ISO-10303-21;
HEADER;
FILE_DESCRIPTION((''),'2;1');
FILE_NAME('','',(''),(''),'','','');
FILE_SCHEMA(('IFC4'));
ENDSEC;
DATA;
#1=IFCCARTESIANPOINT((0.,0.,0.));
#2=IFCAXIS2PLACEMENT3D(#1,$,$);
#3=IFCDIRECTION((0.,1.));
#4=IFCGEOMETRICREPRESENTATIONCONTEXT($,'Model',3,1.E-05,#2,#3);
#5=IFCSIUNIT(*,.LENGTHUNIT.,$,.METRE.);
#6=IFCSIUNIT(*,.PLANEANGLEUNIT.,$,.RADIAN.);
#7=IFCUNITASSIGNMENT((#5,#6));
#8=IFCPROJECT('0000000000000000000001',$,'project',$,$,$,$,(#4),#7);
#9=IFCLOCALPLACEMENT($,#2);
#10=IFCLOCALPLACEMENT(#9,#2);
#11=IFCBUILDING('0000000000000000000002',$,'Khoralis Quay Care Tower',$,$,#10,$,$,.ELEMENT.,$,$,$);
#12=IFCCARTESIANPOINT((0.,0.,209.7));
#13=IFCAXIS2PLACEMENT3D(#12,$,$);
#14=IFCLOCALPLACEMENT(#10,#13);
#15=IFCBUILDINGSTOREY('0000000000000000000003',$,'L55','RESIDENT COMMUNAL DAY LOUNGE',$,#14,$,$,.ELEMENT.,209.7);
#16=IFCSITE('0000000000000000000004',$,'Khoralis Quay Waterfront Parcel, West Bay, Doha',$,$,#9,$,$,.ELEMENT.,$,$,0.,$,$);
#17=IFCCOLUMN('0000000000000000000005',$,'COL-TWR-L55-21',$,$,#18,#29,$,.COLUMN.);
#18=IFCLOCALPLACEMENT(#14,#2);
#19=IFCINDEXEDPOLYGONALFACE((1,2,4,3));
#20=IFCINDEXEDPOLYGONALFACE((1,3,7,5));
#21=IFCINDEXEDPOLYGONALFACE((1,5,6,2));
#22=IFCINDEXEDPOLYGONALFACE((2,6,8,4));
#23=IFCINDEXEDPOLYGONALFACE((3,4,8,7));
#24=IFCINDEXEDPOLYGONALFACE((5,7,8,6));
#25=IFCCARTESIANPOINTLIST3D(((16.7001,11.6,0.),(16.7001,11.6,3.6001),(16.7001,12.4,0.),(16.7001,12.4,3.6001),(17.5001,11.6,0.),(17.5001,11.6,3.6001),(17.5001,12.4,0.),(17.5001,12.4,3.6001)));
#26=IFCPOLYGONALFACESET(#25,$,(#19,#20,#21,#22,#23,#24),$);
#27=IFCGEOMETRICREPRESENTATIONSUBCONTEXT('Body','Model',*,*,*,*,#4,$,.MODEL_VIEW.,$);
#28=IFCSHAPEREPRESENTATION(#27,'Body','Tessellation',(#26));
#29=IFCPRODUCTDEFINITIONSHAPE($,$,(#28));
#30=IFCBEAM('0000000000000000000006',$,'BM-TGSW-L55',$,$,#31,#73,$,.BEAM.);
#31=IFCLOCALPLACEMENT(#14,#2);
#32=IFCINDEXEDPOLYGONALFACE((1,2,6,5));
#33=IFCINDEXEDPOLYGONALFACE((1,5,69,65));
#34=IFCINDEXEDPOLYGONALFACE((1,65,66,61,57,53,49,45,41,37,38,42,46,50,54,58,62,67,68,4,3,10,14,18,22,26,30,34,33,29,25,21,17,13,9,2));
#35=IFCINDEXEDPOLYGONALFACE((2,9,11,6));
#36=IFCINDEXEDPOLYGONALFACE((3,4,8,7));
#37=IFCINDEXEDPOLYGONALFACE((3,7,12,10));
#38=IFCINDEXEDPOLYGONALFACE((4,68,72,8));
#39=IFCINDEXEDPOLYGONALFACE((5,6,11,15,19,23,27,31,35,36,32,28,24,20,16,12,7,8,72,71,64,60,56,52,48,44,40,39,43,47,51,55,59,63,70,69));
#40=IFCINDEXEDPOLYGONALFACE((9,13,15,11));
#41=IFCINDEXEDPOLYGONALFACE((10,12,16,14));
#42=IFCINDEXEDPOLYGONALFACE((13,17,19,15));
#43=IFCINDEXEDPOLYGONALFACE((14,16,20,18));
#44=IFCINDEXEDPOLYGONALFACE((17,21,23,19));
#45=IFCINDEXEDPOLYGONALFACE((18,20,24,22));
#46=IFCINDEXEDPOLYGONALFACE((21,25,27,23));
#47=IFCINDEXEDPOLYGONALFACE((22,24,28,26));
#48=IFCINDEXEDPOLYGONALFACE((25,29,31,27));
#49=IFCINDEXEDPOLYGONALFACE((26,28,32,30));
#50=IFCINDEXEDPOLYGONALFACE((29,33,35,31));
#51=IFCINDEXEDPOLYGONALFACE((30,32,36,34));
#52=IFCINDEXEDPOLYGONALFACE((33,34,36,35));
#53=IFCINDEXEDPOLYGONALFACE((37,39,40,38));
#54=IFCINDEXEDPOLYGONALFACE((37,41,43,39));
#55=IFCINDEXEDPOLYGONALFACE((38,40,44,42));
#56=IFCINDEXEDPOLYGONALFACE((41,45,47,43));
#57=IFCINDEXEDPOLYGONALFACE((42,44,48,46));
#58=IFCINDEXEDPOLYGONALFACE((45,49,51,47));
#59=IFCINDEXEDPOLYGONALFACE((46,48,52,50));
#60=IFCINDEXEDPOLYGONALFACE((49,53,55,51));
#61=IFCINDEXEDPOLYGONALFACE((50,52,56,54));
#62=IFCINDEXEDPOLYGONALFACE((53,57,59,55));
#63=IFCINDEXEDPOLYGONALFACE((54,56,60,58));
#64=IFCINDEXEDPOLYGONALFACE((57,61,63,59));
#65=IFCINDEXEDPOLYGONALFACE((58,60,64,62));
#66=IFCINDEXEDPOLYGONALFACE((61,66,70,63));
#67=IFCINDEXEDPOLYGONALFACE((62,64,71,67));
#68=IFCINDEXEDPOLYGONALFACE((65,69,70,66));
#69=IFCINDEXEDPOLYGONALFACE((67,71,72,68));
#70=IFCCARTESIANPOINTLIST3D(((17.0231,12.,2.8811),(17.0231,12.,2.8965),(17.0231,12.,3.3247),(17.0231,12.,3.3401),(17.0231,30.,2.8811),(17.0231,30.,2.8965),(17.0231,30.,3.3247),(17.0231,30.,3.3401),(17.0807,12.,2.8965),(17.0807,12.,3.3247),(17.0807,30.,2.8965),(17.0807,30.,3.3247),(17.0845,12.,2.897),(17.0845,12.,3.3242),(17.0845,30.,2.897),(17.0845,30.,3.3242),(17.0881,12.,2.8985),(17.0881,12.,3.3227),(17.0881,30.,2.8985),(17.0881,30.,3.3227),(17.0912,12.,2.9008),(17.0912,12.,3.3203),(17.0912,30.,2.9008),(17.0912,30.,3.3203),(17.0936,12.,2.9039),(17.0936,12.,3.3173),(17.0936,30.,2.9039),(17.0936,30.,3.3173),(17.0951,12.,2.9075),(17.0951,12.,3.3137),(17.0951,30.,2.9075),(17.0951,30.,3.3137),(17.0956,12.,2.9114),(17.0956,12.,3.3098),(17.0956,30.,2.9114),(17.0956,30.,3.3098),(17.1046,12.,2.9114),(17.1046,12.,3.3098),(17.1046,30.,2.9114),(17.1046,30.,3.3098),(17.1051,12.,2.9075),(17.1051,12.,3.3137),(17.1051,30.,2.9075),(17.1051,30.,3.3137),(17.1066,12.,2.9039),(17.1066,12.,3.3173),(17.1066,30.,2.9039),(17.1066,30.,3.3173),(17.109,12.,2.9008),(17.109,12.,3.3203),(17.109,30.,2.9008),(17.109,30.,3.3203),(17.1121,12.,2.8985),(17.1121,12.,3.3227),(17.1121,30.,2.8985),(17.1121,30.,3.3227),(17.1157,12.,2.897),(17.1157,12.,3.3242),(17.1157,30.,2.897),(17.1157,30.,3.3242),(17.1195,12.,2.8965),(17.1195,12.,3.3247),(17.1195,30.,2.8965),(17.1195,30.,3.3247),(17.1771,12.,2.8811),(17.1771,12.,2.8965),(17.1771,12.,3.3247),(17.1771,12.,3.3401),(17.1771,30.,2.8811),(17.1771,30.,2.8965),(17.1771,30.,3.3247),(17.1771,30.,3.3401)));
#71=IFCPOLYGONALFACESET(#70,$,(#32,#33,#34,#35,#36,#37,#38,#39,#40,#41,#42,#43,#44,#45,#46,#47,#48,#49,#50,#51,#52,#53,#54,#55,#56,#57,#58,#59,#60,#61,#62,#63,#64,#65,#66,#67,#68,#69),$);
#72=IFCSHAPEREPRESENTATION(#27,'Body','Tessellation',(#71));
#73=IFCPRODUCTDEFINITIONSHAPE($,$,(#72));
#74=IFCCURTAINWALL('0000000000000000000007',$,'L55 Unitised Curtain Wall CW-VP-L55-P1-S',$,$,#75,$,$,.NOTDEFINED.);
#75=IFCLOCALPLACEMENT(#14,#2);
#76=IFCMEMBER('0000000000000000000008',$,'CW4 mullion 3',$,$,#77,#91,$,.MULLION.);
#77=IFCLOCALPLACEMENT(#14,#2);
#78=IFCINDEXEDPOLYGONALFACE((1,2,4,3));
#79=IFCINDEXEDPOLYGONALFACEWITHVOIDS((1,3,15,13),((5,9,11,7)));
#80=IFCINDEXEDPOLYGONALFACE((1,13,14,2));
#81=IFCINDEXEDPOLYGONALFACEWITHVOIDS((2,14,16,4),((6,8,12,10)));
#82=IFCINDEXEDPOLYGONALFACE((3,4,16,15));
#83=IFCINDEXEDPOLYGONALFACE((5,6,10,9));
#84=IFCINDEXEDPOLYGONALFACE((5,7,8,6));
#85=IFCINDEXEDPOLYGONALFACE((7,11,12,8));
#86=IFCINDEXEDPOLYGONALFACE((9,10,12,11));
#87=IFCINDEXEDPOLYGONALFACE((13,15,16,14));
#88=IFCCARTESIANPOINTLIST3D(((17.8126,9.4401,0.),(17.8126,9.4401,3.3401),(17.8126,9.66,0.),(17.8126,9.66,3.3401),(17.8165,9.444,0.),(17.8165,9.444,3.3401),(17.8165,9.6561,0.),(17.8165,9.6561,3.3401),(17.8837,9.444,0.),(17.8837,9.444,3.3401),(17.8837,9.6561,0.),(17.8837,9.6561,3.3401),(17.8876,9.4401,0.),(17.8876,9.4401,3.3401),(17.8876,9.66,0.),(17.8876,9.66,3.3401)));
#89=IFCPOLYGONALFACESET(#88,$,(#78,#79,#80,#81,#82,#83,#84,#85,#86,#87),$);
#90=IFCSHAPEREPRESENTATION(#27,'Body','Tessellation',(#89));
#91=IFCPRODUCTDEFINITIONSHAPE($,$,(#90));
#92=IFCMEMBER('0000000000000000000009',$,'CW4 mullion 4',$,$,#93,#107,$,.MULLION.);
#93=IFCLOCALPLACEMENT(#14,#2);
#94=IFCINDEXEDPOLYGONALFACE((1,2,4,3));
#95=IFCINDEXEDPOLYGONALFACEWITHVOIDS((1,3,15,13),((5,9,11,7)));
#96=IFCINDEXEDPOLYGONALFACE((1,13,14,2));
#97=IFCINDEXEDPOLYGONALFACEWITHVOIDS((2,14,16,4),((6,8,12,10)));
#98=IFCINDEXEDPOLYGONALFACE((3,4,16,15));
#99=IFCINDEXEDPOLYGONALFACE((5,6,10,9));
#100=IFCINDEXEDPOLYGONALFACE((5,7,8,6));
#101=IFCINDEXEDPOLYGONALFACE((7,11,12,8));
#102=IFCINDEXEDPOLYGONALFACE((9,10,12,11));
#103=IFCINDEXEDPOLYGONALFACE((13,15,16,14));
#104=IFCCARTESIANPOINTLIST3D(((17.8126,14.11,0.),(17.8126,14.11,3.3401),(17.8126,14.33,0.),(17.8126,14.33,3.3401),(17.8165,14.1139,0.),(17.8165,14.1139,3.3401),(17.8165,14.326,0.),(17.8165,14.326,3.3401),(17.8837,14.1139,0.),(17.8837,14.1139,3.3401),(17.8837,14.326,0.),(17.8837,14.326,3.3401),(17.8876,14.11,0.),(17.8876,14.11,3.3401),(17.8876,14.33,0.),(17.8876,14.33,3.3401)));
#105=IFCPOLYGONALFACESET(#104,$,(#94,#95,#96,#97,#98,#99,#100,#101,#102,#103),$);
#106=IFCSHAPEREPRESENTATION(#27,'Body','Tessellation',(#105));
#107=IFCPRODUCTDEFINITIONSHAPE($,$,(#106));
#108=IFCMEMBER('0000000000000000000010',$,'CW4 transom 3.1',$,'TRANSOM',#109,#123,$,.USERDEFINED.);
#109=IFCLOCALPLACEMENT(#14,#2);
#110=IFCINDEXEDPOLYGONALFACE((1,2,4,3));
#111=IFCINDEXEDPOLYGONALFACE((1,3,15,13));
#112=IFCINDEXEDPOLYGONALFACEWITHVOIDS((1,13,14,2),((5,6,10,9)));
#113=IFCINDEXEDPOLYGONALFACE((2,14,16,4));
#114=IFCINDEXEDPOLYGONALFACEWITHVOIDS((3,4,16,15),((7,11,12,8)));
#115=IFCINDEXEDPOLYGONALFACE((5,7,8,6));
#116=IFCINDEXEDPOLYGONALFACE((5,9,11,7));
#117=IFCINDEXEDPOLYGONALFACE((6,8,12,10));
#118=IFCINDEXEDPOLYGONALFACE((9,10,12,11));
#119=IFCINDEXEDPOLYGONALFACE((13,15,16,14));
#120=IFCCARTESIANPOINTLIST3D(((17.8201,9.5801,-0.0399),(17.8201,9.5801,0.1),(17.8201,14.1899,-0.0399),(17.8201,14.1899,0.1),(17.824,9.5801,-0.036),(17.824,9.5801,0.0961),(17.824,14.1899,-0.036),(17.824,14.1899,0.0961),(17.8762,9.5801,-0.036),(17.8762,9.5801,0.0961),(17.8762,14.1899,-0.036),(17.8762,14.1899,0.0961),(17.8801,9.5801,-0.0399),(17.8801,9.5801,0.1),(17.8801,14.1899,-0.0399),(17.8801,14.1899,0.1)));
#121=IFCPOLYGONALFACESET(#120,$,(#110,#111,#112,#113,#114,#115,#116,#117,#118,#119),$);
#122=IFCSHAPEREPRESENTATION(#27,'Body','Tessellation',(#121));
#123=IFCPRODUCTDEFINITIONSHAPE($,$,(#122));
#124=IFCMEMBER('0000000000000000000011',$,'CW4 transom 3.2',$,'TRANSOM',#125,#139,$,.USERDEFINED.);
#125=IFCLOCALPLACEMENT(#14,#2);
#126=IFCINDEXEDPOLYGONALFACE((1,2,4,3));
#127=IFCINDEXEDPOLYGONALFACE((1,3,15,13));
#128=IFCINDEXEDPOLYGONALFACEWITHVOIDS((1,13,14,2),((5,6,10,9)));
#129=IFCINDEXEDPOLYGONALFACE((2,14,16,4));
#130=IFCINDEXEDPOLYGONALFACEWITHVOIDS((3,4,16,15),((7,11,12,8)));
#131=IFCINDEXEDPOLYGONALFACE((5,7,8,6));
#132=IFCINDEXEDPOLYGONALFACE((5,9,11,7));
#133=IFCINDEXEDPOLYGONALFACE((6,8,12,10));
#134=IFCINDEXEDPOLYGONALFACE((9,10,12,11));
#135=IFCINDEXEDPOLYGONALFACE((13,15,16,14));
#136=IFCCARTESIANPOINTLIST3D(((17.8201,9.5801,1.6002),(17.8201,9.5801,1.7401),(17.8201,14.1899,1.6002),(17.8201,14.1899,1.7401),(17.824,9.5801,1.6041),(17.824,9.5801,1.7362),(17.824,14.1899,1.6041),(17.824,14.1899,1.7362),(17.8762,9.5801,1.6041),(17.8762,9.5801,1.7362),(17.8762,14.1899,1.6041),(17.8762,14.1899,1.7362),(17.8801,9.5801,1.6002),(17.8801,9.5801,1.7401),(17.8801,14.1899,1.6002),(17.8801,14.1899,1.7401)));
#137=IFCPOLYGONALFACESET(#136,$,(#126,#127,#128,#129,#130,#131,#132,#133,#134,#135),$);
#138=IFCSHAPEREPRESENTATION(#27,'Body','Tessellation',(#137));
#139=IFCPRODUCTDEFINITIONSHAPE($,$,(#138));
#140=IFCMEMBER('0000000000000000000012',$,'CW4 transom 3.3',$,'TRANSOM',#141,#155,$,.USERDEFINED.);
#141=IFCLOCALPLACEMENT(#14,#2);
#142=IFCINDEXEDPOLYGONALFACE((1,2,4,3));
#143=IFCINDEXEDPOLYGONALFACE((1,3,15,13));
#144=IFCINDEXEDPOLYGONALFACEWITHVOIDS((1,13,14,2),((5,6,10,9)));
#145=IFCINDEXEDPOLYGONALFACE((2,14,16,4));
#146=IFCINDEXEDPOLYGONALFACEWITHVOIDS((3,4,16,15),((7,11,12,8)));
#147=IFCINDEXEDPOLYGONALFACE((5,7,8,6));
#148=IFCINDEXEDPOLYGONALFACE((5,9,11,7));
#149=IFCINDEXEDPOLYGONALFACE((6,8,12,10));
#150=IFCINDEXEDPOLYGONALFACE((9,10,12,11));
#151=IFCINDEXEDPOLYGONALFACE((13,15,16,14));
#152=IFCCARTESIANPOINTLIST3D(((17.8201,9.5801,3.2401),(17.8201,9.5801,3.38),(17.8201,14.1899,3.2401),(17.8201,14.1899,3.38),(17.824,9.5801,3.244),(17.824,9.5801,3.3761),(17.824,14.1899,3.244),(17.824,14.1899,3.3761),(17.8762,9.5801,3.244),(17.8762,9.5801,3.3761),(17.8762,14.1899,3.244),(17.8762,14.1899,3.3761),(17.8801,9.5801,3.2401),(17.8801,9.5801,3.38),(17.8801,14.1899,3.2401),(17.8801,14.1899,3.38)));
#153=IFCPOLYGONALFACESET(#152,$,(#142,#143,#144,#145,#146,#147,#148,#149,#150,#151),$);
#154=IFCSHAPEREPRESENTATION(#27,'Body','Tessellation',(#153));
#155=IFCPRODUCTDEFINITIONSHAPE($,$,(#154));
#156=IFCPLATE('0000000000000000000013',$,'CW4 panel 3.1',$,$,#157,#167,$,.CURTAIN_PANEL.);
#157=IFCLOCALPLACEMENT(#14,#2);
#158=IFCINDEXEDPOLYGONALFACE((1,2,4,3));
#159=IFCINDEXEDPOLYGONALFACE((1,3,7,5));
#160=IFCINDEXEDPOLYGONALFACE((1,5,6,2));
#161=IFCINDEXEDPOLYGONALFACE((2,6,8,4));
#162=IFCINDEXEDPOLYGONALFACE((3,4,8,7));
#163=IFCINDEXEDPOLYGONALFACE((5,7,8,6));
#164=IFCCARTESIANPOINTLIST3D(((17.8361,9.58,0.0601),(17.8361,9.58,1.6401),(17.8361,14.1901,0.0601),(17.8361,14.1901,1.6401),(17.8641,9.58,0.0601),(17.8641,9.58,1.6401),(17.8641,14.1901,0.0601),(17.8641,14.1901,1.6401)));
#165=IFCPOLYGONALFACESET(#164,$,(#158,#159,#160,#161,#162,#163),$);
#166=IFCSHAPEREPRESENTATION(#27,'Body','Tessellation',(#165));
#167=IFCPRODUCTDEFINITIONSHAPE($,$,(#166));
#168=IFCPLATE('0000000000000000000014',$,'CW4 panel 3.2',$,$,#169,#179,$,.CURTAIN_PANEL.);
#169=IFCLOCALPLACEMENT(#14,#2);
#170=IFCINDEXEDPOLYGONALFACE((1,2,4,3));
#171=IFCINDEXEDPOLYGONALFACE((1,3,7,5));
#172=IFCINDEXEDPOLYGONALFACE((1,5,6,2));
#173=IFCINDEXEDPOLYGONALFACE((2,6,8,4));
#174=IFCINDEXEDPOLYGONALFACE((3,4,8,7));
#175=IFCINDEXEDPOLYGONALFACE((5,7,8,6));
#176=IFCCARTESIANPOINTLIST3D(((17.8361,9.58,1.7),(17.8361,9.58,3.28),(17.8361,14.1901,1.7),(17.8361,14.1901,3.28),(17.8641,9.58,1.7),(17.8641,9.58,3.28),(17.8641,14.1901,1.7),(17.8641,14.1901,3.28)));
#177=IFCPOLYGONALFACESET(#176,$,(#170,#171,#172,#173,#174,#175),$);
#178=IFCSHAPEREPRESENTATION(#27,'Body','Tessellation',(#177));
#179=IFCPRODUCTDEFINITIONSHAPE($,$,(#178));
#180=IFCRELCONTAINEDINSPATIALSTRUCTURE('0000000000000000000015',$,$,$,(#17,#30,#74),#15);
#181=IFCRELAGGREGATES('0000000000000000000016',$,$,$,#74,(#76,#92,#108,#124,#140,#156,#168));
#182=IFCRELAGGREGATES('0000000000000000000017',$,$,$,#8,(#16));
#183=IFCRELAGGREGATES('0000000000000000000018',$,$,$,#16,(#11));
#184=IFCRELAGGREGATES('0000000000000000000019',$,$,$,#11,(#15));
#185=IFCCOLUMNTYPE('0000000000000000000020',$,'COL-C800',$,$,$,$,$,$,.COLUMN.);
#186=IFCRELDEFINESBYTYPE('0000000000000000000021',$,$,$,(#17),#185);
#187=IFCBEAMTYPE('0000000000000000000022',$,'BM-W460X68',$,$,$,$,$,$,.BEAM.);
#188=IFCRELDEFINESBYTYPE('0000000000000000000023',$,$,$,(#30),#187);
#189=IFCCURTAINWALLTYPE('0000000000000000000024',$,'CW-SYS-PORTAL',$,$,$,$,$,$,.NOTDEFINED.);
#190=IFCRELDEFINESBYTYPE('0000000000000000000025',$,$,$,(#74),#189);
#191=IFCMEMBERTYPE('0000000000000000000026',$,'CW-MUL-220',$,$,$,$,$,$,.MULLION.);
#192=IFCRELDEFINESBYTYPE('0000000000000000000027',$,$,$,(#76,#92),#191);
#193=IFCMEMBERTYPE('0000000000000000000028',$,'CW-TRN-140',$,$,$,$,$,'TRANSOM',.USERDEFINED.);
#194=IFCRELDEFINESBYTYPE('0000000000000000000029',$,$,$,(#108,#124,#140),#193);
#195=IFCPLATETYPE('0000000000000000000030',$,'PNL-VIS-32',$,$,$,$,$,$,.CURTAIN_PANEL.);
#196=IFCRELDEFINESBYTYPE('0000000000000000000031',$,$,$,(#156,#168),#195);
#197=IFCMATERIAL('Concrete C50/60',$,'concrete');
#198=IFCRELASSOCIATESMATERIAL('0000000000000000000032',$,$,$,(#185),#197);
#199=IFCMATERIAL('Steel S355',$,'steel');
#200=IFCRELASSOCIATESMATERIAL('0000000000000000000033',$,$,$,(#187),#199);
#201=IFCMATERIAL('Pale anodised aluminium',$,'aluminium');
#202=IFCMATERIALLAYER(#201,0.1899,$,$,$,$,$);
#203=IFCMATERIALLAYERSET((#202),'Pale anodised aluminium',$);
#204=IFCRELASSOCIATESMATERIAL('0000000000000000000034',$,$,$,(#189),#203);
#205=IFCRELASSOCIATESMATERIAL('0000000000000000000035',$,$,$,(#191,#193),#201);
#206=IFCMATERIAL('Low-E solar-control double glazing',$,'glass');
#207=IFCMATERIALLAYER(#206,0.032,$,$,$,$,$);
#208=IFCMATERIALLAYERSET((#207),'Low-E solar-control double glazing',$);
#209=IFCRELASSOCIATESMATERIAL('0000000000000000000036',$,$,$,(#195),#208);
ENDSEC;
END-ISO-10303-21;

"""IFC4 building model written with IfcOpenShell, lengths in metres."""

from ifc_helpers import new_model, si_unit, direction, frame, origin, origin_2d, place, context, subcontext, project, spatial, rectangle, hollow_rectangle, i_section, extrude, source, transform, mapped, material, layer, layer_set, material_profile, profile_set, type_object, element, aggregate, save


model = new_model("IFC4")

# Units and contexts
model_context = context("Model", 3, precision=1e-05, world=origin(), true_north=direction((0.0, 1.0)))
body_context = subcontext(model_context, "Body", "Model", "MODEL_VIEW")
ifc_project = project(units=[si_unit("LENGTHUNIT", "METRE"), si_unit("PLANEANGLEUNIT", "RADIAN")], contexts=[model_context])

# Site, building, storey
site_placement = place(None, origin())
site = spatial("IfcSite", under=ifc_project, at=site_placement, Name="Khoralis Quay Waterfront Parcel, West Bay, Doha", CompositionType="ELEMENT", RefElevation=0.0)
building_placement = place(site_placement, origin())
building = spatial("IfcBuilding", under=site, at=building_placement, Name="Khoralis Quay Care Tower", CompositionType="ELEMENT")
storey_placement = place(building_placement, frame((0.0, 0.0, 209.7)))
storey = spatial("IfcBuildingStorey", under=building, at=storey_placement, Name="L55", Description="RESIDENT COMMUNAL DAY LOUNGE", CompositionType="ELEMENT", Elevation=209.7)

# Column
ifc_material_1 = material(Name="Concrete C50/60", Category="concrete")
ifc_material_profile_1 = material_profile(ifc_material_1, rectangle(XDim=0.8, YDim=0.8, at=origin_2d()), Name="Concrete C50/60")
ifc_profile_set_1 = profile_set([ifc_material_profile_1], Name="Concrete C50/60")
column_type = type_object("IfcColumnType", Name="COL-C800", PredefinedType="COLUMN", material=ifc_profile_set_1)
shared_shape_1 = source(origin(), body_context, "Body", "SweptSolid", [
    extrude(rectangle(XDim=0.8, YDim=0.8, at=origin_2d()), origin(), (0.0, 0.0, 1.0), 3.6001),
])
column_placement = place(storey_placement, frame((17.1001, 12.0, 0.0), z_axis=(0.0, 0.0, 1.0), x_axis=(1.0, 0.0, 0.0)))
element("IfcColumn", 1, at=column_placement, inside=storey, type_object=column_type, Name="COL-TWR-L55-21", PredefinedType="COLUMN", context=body_context, shape_type="MappedRepresentation", body=[
    mapped(shared_shape_1, transform((0.0, 0.0, 0.0), scale=1.0)),
])

# Beam
ifc_material_2 = material(Name="Steel S355", Category="steel")
ifc_material_profile_2 = material_profile(ifc_material_2, i_section(OverallWidth=0.1541, OverallDepth=0.459, WebThickness=0.009, FlangeThickness=0.0154, FilletRadius=0.0149, at=origin_2d()), Name="Steel S355")
ifc_profile_set_2 = profile_set([ifc_material_profile_2], Name="Steel S355")
beam_type = type_object("IfcBeamType", Name="BM-W460X68", PredefinedType="BEAM", material=ifc_profile_set_2)
shared_shape_2 = source(origin(), body_context, "Body", "SweptSolid", [
    extrude(i_section(OverallWidth=0.1541, OverallDepth=0.459, WebThickness=0.009, FlangeThickness=0.0154, FilletRadius=0.0149, at=origin_2d()), origin(), (0.0, 0.0, 1.0), 18.0),
])
beam_placement = place(storey_placement, frame((17.1001, 12.0, 3.1106), z_axis=(0.0, 1.0, 0.0), x_axis=(-1.0, 0.0, 0.0)))
element("IfcBeam", 2, at=beam_placement, inside=storey, type_object=beam_type, Name="BM-TGSW-L55", PredefinedType="BEAM", context=body_context, shape_type="MappedRepresentation", body=[
    mapped(shared_shape_2, transform((0.0, 0.0, 0.0), scale=1.0)),
])

# Curtain wall, members, plates
ifc_material_3 = material(Name="Pale anodised aluminium", Category="aluminium")
ifc_layer_1 = layer(ifc_material_3, 0.1899)
ifc_layer_set_1 = layer_set([ifc_layer_1], Name="Pale anodised aluminium")
curtain_wall_type = type_object("IfcCurtainWallType", Name="CW-SYS-PORTAL", PredefinedType="NOTDEFINED", material=ifc_layer_set_1)
curtain_wall_placement = place(storey_placement, origin())
curtain_wall = element("IfcCurtainWall", 3, at=curtain_wall_placement, inside=storey, type_object=curtain_wall_type, Name="L55 Unitised Curtain Wall CW-VP-L55-P1-S", PredefinedType="NOTDEFINED")
ifc_material_profile_3 = material_profile(ifc_material_3, hollow_rectangle(XDim=0.075, YDim=0.22, WallThickness=0.0039, at=origin_2d()), Name="Pale anodised aluminium")
ifc_profile_set_3 = profile_set([ifc_material_profile_3], Name="Pale anodised aluminium")
member_type_1 = type_object("IfcMemberType", Name="CW-MUL-220", PredefinedType="MULLION", material=ifc_profile_set_3)
shared_shape_3 = source(origin(), body_context, "Body", "SweptSolid", [
    extrude(hollow_rectangle(XDim=0.075, YDim=0.22, WallThickness=0.0039, at=origin_2d()), origin(), (0.0, 0.0, 1.0), 3.3401),
])
member_1_placement = place(storey_placement, frame((17.8501, 9.55, 0.0), z_axis=(0.0, 0.0, 1.0), x_axis=(-1.0, 0.0, 0.0)))
member_1 = element("IfcMember", 4, at=member_1_placement, type_object=member_type_1, Name="CW4 mullion 3", PredefinedType="MULLION", context=body_context, shape_type="MappedRepresentation", body=[
    mapped(shared_shape_3, transform((0.0, 0.0, 0.0), scale=1.0)),
])
member_2_placement = place(storey_placement, frame((17.8501, 14.22, 0.0), z_axis=(0.0, 0.0, 1.0), x_axis=(-1.0, 0.0, 0.0)))
member_2 = element("IfcMember", 5, at=member_2_placement, type_object=member_type_1, Name="CW4 mullion 4", PredefinedType="MULLION", context=body_context, shape_type="MappedRepresentation", body=[
    mapped(shared_shape_3, transform((0.0, 0.0, 0.0), scale=1.0)),
])
ifc_material_profile_4 = material_profile(ifc_material_3, hollow_rectangle(XDim=0.0601, YDim=0.1399, WallThickness=0.0039, at=origin_2d()), Name="Pale anodised aluminium")
ifc_profile_set_4 = profile_set([ifc_material_profile_4], Name="Pale anodised aluminium")
member_type_2 = type_object("IfcMemberType", Name="CW-TRN-140", ElementType="TRANSOM", PredefinedType="USERDEFINED", material=ifc_profile_set_4)
shared_shape_4 = source(origin(), body_context, "Body", "SweptSolid", [
    extrude(hollow_rectangle(XDim=0.0601, YDim=0.1399, WallThickness=0.0039, at=origin_2d()), origin(), (0.0, 0.0, 1.0), 4.6099),
])
member_3_placement = place(storey_placement, frame((17.8501, 9.5801, 0.03), z_axis=(0.0, 1.0, 0.0), x_axis=(-1.0, 0.0, 0.0)))
member_3 = element("IfcMember", 6, at=member_3_placement, type_object=member_type_2, Name="CW4 transom 3.1", ObjectType="TRANSOM", PredefinedType="USERDEFINED", context=body_context, shape_type="MappedRepresentation", body=[
    mapped(shared_shape_4, transform((0.0, 0.0, 0.0), scale=1.0)),
])
member_4_placement = place(storey_placement, frame((17.8501, 9.5801, 1.6702), z_axis=(0.0, 1.0, 0.0), x_axis=(-1.0, 0.0, 0.0)))
member_4 = element("IfcMember", 7, at=member_4_placement, type_object=member_type_2, Name="CW4 transom 3.2", ObjectType="TRANSOM", PredefinedType="USERDEFINED", context=body_context, shape_type="MappedRepresentation", body=[
    mapped(shared_shape_4, transform((0.0, 0.0, 0.0), scale=1.0)),
])
member_5_placement = place(storey_placement, frame((17.8501, 9.5801, 3.3101), z_axis=(0.0, 1.0, 0.0), x_axis=(-1.0, 0.0, 0.0)))
member_5 = element("IfcMember", 8, at=member_5_placement, type_object=member_type_2, Name="CW4 transom 3.3", ObjectType="TRANSOM", PredefinedType="USERDEFINED", context=body_context, shape_type="MappedRepresentation", body=[
    mapped(shared_shape_4, transform((0.0, 0.0, 0.0), scale=1.0)),
])
ifc_material_4 = material(Name="Low-E solar-control double glazing", Category="glass")
ifc_layer_2 = layer(ifc_material_4, 0.032)
ifc_layer_set_2 = layer_set([ifc_layer_2], Name="Low-E solar-control double glazing")
plate_type = type_object("IfcPlateType", Name="PNL-VIS-32", PredefinedType="CURTAIN_PANEL", material=ifc_layer_set_2)
shared_shape_5 = source(origin(), body_context, "Body", "SweptSolid", [
    extrude(rectangle(XDim=4.6101, YDim=0.0281, at=origin_2d()), origin(), (0.0, 0.0, 1.0), 1.5801),
])
plate_1_placement = place(storey_placement, frame((17.8501, 11.885, 0.0601), z_axis=(0.0, 0.0, 1.0), x_axis=(0.0, 1.0, 0.0)))
plate_1 = element("IfcPlate", 9, at=plate_1_placement, type_object=plate_type, Name="CW4 panel 3.1", PredefinedType="CURTAIN_PANEL", context=body_context, shape_type="MappedRepresentation", body=[
    mapped(shared_shape_5, transform((0.0, 0.0, 0.0), scale=1.0)),
])
plate_2_placement = place(storey_placement, frame((17.8501, 11.885, 1.7), z_axis=(0.0, 0.0, 1.0), x_axis=(0.0, 1.0, 0.0)))
plate_2 = element("IfcPlate", 10, at=plate_2_placement, type_object=plate_type, Name="CW4 panel 3.2", PredefinedType="CURTAIN_PANEL", context=body_context, shape_type="MappedRepresentation", body=[
    mapped(shared_shape_5, transform((0.0, 0.0, 0.0), scale=1.0)),
])
aggregate(curtain_wall, [member_1, member_2, member_3, member_4, member_5, plate_1, plate_2])

save(model, "model.ifc")
